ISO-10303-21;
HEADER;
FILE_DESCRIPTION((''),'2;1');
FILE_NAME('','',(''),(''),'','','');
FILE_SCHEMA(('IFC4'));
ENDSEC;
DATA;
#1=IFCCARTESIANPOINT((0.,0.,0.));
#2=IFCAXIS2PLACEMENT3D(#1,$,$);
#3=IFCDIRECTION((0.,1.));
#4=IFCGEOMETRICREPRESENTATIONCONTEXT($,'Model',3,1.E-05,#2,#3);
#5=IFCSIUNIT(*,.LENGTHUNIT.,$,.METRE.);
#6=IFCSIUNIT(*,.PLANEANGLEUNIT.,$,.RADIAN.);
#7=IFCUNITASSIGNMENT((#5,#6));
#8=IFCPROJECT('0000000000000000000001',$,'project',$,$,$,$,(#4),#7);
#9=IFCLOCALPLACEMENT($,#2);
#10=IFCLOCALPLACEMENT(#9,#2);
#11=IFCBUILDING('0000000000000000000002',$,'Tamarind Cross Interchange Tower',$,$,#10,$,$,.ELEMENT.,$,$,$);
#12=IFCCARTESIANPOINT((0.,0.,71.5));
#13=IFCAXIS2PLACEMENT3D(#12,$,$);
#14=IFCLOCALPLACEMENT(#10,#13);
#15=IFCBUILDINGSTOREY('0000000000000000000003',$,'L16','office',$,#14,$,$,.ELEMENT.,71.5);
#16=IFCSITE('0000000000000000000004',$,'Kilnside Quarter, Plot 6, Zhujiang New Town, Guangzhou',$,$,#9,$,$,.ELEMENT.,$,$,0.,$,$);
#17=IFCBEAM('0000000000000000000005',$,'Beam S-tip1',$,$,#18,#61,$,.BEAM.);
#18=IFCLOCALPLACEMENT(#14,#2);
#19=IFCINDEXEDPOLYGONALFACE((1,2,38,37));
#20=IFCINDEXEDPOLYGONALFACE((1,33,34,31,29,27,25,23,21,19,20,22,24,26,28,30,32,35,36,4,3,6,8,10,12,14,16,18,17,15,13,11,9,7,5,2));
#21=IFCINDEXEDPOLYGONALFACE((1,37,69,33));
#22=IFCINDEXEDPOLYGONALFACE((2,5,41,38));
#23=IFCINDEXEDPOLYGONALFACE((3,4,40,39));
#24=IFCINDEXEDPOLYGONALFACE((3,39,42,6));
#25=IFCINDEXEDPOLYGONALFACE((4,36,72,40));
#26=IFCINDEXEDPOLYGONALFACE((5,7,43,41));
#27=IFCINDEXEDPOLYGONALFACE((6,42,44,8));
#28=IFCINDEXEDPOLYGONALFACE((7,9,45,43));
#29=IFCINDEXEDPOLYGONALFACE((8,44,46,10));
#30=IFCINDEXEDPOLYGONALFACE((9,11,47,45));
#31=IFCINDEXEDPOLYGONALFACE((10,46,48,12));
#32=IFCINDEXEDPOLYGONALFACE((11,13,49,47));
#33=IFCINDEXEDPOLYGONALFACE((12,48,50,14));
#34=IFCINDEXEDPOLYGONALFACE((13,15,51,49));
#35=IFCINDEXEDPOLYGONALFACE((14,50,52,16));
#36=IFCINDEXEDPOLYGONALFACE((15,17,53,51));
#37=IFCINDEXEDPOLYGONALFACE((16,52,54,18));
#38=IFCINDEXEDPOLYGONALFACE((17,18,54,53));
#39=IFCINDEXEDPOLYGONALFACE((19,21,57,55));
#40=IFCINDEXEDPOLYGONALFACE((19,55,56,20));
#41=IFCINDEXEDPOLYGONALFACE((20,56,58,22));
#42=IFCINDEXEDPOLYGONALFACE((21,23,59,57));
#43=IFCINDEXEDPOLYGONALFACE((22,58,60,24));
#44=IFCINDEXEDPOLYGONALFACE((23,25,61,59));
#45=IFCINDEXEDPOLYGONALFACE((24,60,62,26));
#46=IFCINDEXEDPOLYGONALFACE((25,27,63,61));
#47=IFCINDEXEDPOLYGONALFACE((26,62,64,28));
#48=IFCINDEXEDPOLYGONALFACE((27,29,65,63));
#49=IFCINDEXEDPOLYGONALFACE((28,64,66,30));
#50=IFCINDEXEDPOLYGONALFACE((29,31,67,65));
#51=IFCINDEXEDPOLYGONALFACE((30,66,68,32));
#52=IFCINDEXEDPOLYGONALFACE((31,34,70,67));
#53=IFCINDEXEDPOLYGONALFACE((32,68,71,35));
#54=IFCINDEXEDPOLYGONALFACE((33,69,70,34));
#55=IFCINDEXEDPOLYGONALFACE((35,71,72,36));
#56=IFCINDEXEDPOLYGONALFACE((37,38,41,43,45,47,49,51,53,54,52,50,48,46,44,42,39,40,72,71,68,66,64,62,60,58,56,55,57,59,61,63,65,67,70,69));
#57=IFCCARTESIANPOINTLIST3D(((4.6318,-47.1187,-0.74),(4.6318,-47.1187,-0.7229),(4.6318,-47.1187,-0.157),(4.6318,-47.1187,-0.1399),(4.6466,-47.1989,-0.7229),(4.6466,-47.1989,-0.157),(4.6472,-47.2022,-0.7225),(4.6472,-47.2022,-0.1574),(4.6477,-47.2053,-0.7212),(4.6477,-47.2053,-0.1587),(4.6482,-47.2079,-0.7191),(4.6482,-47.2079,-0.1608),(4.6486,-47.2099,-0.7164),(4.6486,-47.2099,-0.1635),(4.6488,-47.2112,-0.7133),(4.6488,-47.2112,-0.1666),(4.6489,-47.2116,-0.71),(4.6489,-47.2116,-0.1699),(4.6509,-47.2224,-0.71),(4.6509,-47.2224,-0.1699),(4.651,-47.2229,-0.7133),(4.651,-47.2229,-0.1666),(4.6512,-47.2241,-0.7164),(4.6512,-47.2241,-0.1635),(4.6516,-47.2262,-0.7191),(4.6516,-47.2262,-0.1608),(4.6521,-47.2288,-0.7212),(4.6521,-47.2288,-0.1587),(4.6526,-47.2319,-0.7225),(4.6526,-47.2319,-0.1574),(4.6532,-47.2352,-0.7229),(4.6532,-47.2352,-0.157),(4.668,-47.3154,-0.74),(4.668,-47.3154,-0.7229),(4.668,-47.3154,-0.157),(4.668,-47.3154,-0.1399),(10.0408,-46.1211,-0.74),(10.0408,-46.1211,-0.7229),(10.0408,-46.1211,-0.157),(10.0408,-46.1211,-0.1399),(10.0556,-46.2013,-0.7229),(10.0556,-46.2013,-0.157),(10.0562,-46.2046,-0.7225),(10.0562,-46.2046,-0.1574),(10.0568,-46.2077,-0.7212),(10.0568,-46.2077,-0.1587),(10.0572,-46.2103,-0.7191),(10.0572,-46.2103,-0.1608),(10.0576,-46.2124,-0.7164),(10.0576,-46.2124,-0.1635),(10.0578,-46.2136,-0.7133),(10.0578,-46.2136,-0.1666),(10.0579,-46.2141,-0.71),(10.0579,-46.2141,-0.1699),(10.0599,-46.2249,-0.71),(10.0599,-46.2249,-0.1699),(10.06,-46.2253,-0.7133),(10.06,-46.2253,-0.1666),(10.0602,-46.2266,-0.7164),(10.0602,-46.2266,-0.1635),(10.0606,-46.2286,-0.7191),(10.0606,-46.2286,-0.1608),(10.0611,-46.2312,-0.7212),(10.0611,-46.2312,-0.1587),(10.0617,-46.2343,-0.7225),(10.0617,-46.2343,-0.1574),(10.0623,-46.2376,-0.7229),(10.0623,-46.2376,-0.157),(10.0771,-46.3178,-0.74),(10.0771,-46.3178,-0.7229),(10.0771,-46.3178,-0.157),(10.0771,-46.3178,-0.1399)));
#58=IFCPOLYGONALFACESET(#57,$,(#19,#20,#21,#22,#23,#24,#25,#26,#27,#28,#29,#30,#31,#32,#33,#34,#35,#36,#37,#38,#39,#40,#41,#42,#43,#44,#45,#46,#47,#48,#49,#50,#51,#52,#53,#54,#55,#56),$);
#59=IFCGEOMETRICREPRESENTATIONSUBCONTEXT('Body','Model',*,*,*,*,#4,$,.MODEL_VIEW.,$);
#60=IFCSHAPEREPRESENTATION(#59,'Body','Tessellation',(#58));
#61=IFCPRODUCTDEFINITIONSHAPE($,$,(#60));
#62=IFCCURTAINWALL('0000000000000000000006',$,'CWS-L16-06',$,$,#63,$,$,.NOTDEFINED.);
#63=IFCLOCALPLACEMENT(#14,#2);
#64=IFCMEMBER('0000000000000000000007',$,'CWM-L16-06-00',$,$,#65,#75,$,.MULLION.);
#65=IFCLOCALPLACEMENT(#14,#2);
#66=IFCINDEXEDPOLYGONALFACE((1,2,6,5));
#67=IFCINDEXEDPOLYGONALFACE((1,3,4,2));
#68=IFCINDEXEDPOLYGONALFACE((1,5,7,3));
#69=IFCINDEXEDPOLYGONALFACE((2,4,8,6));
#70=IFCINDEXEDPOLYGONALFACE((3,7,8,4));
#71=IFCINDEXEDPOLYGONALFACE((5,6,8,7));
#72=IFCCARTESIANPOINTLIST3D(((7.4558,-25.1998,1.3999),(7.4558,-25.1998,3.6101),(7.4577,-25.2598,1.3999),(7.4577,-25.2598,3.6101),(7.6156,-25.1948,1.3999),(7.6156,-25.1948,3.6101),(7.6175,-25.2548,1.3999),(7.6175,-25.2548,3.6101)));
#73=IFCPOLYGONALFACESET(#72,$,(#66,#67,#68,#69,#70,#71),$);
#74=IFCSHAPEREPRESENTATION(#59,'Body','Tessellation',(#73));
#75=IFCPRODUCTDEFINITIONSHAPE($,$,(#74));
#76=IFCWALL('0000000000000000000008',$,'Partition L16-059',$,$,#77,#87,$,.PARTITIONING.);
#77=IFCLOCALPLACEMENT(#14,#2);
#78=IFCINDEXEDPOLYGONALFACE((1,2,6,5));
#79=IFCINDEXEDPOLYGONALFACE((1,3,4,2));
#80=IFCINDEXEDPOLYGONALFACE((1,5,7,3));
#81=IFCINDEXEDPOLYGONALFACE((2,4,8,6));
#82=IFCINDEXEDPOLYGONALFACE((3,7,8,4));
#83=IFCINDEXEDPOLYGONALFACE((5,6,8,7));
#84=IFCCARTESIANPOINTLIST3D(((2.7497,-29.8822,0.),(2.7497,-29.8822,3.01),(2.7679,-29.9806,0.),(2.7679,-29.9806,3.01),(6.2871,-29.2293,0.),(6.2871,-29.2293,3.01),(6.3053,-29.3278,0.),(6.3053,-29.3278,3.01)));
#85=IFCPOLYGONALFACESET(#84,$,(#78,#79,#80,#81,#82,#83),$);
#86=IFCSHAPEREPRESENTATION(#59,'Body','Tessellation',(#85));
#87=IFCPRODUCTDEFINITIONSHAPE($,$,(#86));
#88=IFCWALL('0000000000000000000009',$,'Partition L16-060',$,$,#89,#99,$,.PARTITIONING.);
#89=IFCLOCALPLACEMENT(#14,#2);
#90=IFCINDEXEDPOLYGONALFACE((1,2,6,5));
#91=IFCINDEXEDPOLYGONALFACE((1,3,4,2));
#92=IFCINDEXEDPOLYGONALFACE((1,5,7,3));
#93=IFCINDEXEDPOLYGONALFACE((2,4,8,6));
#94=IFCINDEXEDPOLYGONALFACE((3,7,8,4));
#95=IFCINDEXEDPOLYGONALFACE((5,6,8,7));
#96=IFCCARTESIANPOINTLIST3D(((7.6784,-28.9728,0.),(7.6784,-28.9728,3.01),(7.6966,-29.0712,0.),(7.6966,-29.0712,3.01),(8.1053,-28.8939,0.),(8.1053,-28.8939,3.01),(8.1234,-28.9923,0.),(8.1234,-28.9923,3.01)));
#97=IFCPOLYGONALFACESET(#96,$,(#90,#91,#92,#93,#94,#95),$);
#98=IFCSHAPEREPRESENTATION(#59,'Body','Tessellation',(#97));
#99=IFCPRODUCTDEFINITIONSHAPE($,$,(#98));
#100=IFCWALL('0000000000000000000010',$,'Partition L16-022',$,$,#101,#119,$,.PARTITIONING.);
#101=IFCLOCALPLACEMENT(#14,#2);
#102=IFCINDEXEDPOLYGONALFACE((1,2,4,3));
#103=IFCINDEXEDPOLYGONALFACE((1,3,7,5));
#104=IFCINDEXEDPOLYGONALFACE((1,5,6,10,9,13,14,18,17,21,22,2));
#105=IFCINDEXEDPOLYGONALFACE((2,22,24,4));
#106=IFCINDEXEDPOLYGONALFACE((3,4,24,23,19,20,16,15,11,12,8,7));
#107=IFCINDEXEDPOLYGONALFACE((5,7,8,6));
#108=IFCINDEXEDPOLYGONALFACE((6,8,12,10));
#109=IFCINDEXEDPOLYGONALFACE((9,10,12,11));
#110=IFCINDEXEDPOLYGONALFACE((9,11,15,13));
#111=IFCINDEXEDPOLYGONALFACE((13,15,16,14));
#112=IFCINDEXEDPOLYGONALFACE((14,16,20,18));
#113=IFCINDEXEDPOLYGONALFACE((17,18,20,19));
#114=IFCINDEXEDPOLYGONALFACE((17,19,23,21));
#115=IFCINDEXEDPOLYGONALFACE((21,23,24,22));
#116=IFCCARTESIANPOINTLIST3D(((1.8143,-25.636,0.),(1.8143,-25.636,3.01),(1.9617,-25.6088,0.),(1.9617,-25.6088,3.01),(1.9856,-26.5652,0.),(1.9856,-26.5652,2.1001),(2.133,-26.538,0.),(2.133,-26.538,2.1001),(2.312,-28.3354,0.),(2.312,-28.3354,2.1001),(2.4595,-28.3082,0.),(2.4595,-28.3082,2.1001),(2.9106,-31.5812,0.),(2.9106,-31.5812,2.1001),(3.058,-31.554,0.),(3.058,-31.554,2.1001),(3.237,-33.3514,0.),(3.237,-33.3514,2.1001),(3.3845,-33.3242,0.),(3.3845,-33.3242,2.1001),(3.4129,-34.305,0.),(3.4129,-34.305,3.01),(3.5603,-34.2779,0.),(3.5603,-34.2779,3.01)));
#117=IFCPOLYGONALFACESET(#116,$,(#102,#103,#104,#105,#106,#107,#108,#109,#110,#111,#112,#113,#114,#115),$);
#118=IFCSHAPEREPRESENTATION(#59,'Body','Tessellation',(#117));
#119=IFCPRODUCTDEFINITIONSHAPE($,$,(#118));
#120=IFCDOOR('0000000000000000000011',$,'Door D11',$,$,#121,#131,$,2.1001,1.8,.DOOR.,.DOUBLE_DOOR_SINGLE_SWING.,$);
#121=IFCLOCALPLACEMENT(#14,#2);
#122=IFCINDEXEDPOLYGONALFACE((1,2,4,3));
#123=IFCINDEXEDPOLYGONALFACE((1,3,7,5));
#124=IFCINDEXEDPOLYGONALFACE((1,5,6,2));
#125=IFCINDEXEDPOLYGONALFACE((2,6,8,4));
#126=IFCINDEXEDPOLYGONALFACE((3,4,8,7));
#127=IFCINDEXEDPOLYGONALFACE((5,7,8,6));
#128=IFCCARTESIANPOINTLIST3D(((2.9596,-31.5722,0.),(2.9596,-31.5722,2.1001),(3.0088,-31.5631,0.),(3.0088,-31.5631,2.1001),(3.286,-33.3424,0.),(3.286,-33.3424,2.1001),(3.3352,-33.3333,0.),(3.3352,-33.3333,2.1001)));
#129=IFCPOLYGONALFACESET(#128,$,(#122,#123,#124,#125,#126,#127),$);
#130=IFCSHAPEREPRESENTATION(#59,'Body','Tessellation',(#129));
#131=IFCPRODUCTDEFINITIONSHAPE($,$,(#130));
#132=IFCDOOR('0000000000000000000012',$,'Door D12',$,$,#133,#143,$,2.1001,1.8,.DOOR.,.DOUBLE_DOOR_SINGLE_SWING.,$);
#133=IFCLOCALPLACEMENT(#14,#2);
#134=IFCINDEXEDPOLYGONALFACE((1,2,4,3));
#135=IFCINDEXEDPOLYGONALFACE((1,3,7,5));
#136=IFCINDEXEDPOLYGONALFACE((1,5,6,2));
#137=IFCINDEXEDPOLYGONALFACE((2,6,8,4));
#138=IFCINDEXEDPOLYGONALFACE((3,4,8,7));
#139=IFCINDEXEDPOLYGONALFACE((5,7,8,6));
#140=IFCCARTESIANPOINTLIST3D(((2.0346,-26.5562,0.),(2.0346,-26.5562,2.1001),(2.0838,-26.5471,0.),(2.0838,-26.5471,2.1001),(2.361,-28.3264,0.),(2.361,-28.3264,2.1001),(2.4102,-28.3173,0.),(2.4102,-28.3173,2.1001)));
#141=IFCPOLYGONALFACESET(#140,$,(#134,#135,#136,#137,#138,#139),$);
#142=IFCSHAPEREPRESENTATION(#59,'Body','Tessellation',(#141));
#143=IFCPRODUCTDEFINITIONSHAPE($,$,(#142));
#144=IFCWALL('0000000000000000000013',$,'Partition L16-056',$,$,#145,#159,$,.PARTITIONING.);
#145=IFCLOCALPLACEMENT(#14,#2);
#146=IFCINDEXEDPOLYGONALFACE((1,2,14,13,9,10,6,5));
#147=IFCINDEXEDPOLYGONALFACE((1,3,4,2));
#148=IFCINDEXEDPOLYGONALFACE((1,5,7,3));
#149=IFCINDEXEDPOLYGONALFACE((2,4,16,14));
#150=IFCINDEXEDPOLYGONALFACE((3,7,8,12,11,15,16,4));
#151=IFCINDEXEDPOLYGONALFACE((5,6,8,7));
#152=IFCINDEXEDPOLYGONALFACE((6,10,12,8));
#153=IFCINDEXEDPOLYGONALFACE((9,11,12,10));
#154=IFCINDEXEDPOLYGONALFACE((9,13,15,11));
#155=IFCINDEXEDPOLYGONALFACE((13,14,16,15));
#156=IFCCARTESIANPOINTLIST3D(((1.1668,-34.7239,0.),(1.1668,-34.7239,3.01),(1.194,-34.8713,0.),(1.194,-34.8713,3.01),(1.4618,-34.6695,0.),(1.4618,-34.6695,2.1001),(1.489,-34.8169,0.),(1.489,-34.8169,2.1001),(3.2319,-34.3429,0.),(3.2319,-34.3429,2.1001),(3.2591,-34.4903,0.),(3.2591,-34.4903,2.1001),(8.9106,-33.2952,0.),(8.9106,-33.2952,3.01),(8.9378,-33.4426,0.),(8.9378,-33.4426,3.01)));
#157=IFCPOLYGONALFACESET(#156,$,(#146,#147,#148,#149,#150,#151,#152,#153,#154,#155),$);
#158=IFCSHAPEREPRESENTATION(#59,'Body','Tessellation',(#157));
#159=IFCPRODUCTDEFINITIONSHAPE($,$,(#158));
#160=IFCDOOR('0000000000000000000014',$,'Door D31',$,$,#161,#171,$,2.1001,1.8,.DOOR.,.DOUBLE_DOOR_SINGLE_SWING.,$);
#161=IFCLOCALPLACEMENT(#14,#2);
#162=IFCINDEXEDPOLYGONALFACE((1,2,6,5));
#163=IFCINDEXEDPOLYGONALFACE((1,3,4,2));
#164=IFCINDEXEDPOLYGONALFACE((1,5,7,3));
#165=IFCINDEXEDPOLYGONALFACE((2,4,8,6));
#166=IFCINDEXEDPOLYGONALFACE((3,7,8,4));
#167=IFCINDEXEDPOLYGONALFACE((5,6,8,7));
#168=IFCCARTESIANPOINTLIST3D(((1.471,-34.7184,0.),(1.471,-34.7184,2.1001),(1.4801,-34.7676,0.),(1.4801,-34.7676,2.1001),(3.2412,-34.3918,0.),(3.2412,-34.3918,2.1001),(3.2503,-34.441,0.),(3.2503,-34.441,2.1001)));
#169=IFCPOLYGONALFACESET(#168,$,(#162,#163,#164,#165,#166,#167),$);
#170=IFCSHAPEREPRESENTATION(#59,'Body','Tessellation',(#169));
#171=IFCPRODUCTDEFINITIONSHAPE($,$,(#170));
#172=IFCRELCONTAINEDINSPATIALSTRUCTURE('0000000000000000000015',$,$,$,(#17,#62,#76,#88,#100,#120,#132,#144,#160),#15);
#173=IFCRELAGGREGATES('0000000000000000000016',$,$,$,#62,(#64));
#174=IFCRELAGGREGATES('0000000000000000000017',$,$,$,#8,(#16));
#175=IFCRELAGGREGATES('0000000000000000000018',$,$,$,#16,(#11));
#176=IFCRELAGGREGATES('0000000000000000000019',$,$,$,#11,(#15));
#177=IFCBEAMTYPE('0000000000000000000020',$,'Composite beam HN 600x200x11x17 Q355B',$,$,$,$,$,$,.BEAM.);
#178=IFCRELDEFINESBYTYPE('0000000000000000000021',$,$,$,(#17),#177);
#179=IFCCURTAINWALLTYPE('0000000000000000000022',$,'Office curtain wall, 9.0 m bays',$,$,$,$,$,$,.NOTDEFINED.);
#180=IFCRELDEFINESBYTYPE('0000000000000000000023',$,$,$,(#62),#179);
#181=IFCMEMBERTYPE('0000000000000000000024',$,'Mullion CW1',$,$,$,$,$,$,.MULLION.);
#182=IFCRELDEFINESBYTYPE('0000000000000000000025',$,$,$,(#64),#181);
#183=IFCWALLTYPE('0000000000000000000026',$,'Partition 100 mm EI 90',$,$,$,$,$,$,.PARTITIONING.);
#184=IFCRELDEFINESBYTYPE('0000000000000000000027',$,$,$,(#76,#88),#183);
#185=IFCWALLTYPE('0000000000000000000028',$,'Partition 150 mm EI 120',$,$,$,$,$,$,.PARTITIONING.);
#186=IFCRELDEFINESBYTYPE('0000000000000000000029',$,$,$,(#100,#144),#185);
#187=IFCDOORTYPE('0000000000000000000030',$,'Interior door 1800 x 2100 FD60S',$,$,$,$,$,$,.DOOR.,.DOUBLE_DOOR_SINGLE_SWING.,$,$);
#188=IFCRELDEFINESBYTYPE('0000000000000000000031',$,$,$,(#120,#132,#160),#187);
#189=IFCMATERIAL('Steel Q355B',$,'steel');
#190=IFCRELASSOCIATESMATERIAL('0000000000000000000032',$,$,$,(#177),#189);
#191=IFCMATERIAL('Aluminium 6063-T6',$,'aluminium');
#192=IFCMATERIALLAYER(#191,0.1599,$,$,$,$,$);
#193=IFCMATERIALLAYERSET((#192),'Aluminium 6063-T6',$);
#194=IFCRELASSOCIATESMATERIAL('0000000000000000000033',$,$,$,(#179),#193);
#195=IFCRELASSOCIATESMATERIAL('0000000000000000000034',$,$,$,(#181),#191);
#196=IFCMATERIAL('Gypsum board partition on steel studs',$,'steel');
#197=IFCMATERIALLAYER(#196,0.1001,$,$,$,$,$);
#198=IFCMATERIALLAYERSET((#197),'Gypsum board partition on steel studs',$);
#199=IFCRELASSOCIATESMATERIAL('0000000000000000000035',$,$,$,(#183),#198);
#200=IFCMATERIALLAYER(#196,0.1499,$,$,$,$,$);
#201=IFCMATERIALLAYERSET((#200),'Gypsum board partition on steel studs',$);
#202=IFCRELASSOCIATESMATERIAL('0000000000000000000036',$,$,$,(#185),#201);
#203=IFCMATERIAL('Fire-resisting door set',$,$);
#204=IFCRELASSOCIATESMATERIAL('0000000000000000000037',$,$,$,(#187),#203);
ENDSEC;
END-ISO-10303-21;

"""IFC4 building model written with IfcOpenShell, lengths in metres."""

from ifc_helpers import new_model, si_unit, direction, frame, frame_2d, origin, origin_2d, place, context, subcontext, project, spatial, rectangle, i_section, extrude, material, layer, layer_set, material_profile, profile_set, type_object, element, fill, aggregate, save


model = new_model("IFC4")

# Units and contexts
model_context = context("Model", 3, precision=1e-05, world=origin(), true_north=direction((0.0, 1.0)))
body_context = subcontext(model_context, "Body", "Model", "MODEL_VIEW")
ifc_project = project(units=[si_unit("LENGTHUNIT", "METRE"), si_unit("PLANEANGLEUNIT", "RADIAN")], contexts=[model_context])

# Site, building, storey
site_placement = place(None, origin())
site = spatial("IfcSite", under=ifc_project, at=site_placement, Name="Kilnside Quarter, Plot 6, Zhujiang New Town, Guangzhou", CompositionType="ELEMENT", RefElevation=0.0)
building_placement = place(site_placement, origin())
building = spatial("IfcBuilding", under=site, at=building_placement, Name="Tamarind Cross Interchange Tower", CompositionType="ELEMENT")
storey_placement = place(building_placement, frame((0.0, 0.0, 71.5)))
storey = spatial("IfcBuildingStorey", under=building, at=storey_placement, Name="L16", Description="office", CompositionType="ELEMENT", Elevation=71.5)

# Beam
ifc_material_1 = material(Name="Steel Q355B", Category="steel")
ifc_material_profile_1 = material_profile(ifc_material_1, i_section(OverallWidth=0.2, OverallDepth=0.6001, WebThickness=0.011, FlangeThickness=0.0171, FilletRadius=0.0129, at=origin_2d()), Name="HN 600x200x11x17")
ifc_profile_set_1 = profile_set([ifc_material_profile_1], Name="Steel Q355B")
beam_type_1 = type_object("IfcBeamType", Name="Composite beam HN 600x200x11x17 Q355B", PredefinedType="BEAM", material=ifc_profile_set_1)
beam_1_placement = place(storey_placement, frame((4.6499, -47.217, -0.4399), z_axis=(0.983415, 0.181369, 0.0), x_axis=(-0.181369, 0.983415, 0.0)))
element("IfcBeam", 1, at=beam_1_placement, inside=storey, type_object=beam_type_1, Name="Beam S-tip1", PredefinedType="BEAM", context=body_context, shape_type="SweptSolid", body=[
    extrude(i_section(OverallWidth=0.2, OverallDepth=0.6001, WebThickness=0.011, FlangeThickness=0.0171, FilletRadius=0.0129, at=origin_2d()), origin(), (0.0, 0.0, 1.0), 5.5002),
])

# Curtain wall, member
ifc_material_2 = material(Name="Aluminium 6063-T6", Category="aluminium")
ifc_layer_1 = layer(ifc_material_2, 0.1599)
ifc_layer_set_1 = layer_set([ifc_layer_1], Name="Aluminium 6063-T6")
curtain_wall_type = type_object("IfcCurtainWallType", Name="Office curtain wall, 9.0 m bays", PredefinedType="NOTDEFINED", material=ifc_layer_set_1)
curtain_wall_placement = place(storey_placement, origin())
curtain_wall = element("IfcCurtainWall", 2, at=curtain_wall_placement, inside=storey, type_object=curtain_wall_type, Name="CWS-L16-06", PredefinedType="NOTDEFINED")
ifc_material_profile_2 = material_profile(ifc_material_2, rectangle(XDim=0.0601, YDim=0.1599, at=origin_2d()), Name="Mullion CW1")
ifc_profile_set_2 = profile_set([ifc_material_profile_2], Name="Aluminium 6063-T6")
member_type = type_object("IfcMemberType", Name="Mullion CW1", PredefinedType="MULLION", material=ifc_profile_set_2)
member_placement = place(storey_placement, frame((7.5366, -25.2273, 1.3999), z_axis=(0.0, 0.0, 1.0), x_axis=(-0.031515, 0.999503, 0.0)))
member = element("IfcMember", 3, at=member_placement, type_object=member_type, Name="CWM-L16-06-00", PredefinedType="MULLION", context=body_context, shape_type="SweptSolid", body=[
    extrude(rectangle(XDim=0.0601, YDim=0.1599, at=origin_2d()), origin(), (0.0, 0.0, 1.0), 2.2102),
])
aggregate(curtain_wall, [member])

# Walls
ifc_material_3 = material(Name="Gypsum board partition on steel studs", Category="steel")
ifc_layer_2 = layer(ifc_material_3, 0.1001)
ifc_layer_set_2 = layer_set([ifc_layer_2], Name="Gypsum board partition on steel studs")
wall_type_1 = type_object("IfcWallType", Name="Partition 100 mm EI 90", PredefinedType="PARTITIONING", material=ifc_layer_set_2)
wall_1_placement = place(storey_placement, frame((2.7588, -29.9314, 0.0), z_axis=(0.0, 0.0, 1.0), x_axis=(0.983393, 0.181489, 0.0)))
element("IfcWall", 4, at=wall_1_placement, inside=storey, type_object=wall_type_1, Name="Partition L16-059", PredefinedType="PARTITIONING", context=body_context, shape_type="SweptSolid", body=[
    extrude(rectangle(XDim=3.5972, YDim=0.1001, at=frame_2d((1.7986, 0.0))), origin(), (0.0, 0.0, 1.0), 3.01),
])
wall_2_placement = place(storey_placement, frame((7.6875, -29.022, 0.0), z_axis=(0.0, 0.0, 1.0), x_axis=(0.983353, 0.181706, 0.0)))
element("IfcWall", 5, at=wall_2_placement, inside=storey, type_object=wall_type_1, Name="Partition L16-060", PredefinedType="PARTITIONING", context=body_context, shape_type="SweptSolid", body=[
    extrude(rectangle(XDim=0.4341, YDim=0.1001, at=frame_2d((0.217, 0.0))), origin(), (0.0, 0.0, 1.0), 3.01),
])

# Wall, openings, doors
ifc_layer_3 = layer(ifc_material_3, 0.1499)
ifc_layer_set_3 = layer_set([ifc_layer_3], Name="Gypsum board partition on steel studs")
wall_type_2 = type_object("IfcWallType", Name="Partition 150 mm EI 120", PredefinedType="PARTITIONING", material=ifc_layer_set_3)
wall_3_placement = place(storey_placement, frame((1.8879, -25.6223, 0.0), z_axis=(0.0, 0.0, 1.0), x_axis=(0.181351, -0.983418, 0.0)))
wall_3 = element("IfcWall", 6, at=wall_3_placement, inside=storey, type_object=wall_type_2, Name="Partition L16-022", PredefinedType="PARTITIONING", context=body_context, shape_type="SweptSolid", body=[
    extrude(rectangle(XDim=8.8152, YDim=0.1499, at=frame_2d((4.4077, 0.0))), origin(), (0.0, 0.0, 1.0), 3.01),
])
opening_1_placement = place(wall_3_placement, frame((6.0457, 0.0, 0.0)))
opening_1 = element("IfcOpeningElement", 7, at=opening_1_placement, cuts=wall_3, PredefinedType="OPENING", context=body_context, shape_type="SweptSolid", body=[
    extrude(rectangle(XDim=1.8, YDim=2.1001, at=frame_2d((0.8999, 1.05))), frame((0.0, 0.085, 0.0), z_axis=(0.0, -1.0, 0.0), x_axis=(1.0, 0.0, 0.0)), (0.0, 0.0, 1.0), 0.1699),
])
opening_2_placement = place(wall_3_placement, frame((0.9451, 0.0, 0.0)))
opening_2 = element("IfcOpeningElement", 8, at=opening_2_placement, cuts=wall_3, PredefinedType="OPENING", context=body_context, shape_type="SweptSolid", body=[
    extrude(rectangle(XDim=1.8, YDim=2.1001, at=frame_2d((0.8999, 1.05))), frame((0.0, 0.085, 0.0), z_axis=(0.0, -1.0, 0.0), x_axis=(1.0, 0.0, 0.0)), (0.0, 0.0, 1.0), 0.1699),
])
ifc_material_4 = material(Name="Fire-resisting door set")
door_type_1 = type_object("IfcDoorType", Name="Interior door 1800 x 2100 FD60S", OperationType="DOUBLE_DOOR_SINGLE_SWING", PredefinedType="DOOR", material=ifc_material_4)
door_1_placement = place(opening_1_placement, origin())
door_1 = element("IfcDoor", 9, at=door_1_placement, inside=storey, type_object=door_type_1, Name="Door D11", OperationType="DOUBLE_DOOR_SINGLE_SWING", OverallHeight=2.1001, OverallWidth=1.8, PredefinedType="DOOR", context=body_context, shape_type="SweptSolid", body=[
    extrude(rectangle(XDim=1.8, YDim=2.1001, at=frame_2d((0.8999, 1.05))), frame((0.0, 0.0249, 0.0), z_axis=(0.0, -1.0, 0.0), x_axis=(1.0, 0.0, 0.0)), (0.0, 0.0, 1.0), 0.05),
])
fill(opening_1, door_1)
door_2_placement = place(opening_2_placement, origin())
door_2 = element("IfcDoor", 10, at=door_2_placement, inside=storey, type_object=door_type_1, Name="Door D12", OperationType="DOUBLE_DOOR_SINGLE_SWING", OverallHeight=2.1001, OverallWidth=1.8, PredefinedType="DOOR", context=body_context, shape_type="SweptSolid", body=[
    extrude(rectangle(XDim=1.8, YDim=2.1001, at=frame_2d((0.8999, 1.05))), frame((0.0, 0.0249, 0.0), z_axis=(0.0, -1.0, 0.0), x_axis=(1.0, 0.0, 0.0)), (0.0, 0.0, 1.0), 0.05),
])
fill(opening_2, door_2)

# Wall, opening, door
wall_4_placement = place(storey_placement, frame((1.1804, -34.7976, 0.0), z_axis=(0.0, 0.0, 1.0), x_axis=(0.983403, 0.181433, 0.0)))
wall_4 = element("IfcWall", 11, at=wall_4_placement, inside=storey, type_object=wall_type_2, Name="Partition L16-056", PredefinedType="PARTITIONING", context=body_context, shape_type="SweptSolid", body=[
    extrude(rectangle(XDim=7.8745, YDim=0.1499, at=frame_2d((3.9373, 0.0))), origin(), (0.0, 0.0, 1.0), 3.01),
])
opening_3_placement = place(wall_4_placement, frame((0.3, 0.0, 0.0)))
opening_3 = element("IfcOpeningElement", 12, at=opening_3_placement, cuts=wall_4, PredefinedType="OPENING", context=body_context, shape_type="SweptSolid", body=[
    extrude(rectangle(XDim=1.8, YDim=2.1001, at=frame_2d((0.8999, 1.05))), frame((0.0, 0.085, 0.0), z_axis=(0.0, -1.0, 0.0), x_axis=(1.0, 0.0, 0.0)), (0.0, 0.0, 1.0), 0.1699),
])
door_3_placement = place(opening_3_placement, frame((1.8, 0.0, 0.0), z_axis=(0.0, 0.0, 1.0), x_axis=(-1.0, 0.0, 0.0)))
door_3 = element("IfcDoor", 13, at=door_3_placement, inside=storey, type_object=door_type_1, Name="Door D31", OperationType="DOUBLE_DOOR_SINGLE_SWING", OverallHeight=2.1001, OverallWidth=1.8, PredefinedType="DOOR", context=body_context, shape_type="SweptSolid", body=[
    extrude(rectangle(XDim=1.8, YDim=2.1001, at=frame_2d((0.8999, 1.05))), frame((0.0, 0.0249, 0.0), z_axis=(0.0, -1.0, 0.0), x_axis=(1.0, 0.0, 0.0)), (0.0, 0.0, 1.0), 0.05),
])
fill(opening_3, door_3)

save(model, "model.ifc")
